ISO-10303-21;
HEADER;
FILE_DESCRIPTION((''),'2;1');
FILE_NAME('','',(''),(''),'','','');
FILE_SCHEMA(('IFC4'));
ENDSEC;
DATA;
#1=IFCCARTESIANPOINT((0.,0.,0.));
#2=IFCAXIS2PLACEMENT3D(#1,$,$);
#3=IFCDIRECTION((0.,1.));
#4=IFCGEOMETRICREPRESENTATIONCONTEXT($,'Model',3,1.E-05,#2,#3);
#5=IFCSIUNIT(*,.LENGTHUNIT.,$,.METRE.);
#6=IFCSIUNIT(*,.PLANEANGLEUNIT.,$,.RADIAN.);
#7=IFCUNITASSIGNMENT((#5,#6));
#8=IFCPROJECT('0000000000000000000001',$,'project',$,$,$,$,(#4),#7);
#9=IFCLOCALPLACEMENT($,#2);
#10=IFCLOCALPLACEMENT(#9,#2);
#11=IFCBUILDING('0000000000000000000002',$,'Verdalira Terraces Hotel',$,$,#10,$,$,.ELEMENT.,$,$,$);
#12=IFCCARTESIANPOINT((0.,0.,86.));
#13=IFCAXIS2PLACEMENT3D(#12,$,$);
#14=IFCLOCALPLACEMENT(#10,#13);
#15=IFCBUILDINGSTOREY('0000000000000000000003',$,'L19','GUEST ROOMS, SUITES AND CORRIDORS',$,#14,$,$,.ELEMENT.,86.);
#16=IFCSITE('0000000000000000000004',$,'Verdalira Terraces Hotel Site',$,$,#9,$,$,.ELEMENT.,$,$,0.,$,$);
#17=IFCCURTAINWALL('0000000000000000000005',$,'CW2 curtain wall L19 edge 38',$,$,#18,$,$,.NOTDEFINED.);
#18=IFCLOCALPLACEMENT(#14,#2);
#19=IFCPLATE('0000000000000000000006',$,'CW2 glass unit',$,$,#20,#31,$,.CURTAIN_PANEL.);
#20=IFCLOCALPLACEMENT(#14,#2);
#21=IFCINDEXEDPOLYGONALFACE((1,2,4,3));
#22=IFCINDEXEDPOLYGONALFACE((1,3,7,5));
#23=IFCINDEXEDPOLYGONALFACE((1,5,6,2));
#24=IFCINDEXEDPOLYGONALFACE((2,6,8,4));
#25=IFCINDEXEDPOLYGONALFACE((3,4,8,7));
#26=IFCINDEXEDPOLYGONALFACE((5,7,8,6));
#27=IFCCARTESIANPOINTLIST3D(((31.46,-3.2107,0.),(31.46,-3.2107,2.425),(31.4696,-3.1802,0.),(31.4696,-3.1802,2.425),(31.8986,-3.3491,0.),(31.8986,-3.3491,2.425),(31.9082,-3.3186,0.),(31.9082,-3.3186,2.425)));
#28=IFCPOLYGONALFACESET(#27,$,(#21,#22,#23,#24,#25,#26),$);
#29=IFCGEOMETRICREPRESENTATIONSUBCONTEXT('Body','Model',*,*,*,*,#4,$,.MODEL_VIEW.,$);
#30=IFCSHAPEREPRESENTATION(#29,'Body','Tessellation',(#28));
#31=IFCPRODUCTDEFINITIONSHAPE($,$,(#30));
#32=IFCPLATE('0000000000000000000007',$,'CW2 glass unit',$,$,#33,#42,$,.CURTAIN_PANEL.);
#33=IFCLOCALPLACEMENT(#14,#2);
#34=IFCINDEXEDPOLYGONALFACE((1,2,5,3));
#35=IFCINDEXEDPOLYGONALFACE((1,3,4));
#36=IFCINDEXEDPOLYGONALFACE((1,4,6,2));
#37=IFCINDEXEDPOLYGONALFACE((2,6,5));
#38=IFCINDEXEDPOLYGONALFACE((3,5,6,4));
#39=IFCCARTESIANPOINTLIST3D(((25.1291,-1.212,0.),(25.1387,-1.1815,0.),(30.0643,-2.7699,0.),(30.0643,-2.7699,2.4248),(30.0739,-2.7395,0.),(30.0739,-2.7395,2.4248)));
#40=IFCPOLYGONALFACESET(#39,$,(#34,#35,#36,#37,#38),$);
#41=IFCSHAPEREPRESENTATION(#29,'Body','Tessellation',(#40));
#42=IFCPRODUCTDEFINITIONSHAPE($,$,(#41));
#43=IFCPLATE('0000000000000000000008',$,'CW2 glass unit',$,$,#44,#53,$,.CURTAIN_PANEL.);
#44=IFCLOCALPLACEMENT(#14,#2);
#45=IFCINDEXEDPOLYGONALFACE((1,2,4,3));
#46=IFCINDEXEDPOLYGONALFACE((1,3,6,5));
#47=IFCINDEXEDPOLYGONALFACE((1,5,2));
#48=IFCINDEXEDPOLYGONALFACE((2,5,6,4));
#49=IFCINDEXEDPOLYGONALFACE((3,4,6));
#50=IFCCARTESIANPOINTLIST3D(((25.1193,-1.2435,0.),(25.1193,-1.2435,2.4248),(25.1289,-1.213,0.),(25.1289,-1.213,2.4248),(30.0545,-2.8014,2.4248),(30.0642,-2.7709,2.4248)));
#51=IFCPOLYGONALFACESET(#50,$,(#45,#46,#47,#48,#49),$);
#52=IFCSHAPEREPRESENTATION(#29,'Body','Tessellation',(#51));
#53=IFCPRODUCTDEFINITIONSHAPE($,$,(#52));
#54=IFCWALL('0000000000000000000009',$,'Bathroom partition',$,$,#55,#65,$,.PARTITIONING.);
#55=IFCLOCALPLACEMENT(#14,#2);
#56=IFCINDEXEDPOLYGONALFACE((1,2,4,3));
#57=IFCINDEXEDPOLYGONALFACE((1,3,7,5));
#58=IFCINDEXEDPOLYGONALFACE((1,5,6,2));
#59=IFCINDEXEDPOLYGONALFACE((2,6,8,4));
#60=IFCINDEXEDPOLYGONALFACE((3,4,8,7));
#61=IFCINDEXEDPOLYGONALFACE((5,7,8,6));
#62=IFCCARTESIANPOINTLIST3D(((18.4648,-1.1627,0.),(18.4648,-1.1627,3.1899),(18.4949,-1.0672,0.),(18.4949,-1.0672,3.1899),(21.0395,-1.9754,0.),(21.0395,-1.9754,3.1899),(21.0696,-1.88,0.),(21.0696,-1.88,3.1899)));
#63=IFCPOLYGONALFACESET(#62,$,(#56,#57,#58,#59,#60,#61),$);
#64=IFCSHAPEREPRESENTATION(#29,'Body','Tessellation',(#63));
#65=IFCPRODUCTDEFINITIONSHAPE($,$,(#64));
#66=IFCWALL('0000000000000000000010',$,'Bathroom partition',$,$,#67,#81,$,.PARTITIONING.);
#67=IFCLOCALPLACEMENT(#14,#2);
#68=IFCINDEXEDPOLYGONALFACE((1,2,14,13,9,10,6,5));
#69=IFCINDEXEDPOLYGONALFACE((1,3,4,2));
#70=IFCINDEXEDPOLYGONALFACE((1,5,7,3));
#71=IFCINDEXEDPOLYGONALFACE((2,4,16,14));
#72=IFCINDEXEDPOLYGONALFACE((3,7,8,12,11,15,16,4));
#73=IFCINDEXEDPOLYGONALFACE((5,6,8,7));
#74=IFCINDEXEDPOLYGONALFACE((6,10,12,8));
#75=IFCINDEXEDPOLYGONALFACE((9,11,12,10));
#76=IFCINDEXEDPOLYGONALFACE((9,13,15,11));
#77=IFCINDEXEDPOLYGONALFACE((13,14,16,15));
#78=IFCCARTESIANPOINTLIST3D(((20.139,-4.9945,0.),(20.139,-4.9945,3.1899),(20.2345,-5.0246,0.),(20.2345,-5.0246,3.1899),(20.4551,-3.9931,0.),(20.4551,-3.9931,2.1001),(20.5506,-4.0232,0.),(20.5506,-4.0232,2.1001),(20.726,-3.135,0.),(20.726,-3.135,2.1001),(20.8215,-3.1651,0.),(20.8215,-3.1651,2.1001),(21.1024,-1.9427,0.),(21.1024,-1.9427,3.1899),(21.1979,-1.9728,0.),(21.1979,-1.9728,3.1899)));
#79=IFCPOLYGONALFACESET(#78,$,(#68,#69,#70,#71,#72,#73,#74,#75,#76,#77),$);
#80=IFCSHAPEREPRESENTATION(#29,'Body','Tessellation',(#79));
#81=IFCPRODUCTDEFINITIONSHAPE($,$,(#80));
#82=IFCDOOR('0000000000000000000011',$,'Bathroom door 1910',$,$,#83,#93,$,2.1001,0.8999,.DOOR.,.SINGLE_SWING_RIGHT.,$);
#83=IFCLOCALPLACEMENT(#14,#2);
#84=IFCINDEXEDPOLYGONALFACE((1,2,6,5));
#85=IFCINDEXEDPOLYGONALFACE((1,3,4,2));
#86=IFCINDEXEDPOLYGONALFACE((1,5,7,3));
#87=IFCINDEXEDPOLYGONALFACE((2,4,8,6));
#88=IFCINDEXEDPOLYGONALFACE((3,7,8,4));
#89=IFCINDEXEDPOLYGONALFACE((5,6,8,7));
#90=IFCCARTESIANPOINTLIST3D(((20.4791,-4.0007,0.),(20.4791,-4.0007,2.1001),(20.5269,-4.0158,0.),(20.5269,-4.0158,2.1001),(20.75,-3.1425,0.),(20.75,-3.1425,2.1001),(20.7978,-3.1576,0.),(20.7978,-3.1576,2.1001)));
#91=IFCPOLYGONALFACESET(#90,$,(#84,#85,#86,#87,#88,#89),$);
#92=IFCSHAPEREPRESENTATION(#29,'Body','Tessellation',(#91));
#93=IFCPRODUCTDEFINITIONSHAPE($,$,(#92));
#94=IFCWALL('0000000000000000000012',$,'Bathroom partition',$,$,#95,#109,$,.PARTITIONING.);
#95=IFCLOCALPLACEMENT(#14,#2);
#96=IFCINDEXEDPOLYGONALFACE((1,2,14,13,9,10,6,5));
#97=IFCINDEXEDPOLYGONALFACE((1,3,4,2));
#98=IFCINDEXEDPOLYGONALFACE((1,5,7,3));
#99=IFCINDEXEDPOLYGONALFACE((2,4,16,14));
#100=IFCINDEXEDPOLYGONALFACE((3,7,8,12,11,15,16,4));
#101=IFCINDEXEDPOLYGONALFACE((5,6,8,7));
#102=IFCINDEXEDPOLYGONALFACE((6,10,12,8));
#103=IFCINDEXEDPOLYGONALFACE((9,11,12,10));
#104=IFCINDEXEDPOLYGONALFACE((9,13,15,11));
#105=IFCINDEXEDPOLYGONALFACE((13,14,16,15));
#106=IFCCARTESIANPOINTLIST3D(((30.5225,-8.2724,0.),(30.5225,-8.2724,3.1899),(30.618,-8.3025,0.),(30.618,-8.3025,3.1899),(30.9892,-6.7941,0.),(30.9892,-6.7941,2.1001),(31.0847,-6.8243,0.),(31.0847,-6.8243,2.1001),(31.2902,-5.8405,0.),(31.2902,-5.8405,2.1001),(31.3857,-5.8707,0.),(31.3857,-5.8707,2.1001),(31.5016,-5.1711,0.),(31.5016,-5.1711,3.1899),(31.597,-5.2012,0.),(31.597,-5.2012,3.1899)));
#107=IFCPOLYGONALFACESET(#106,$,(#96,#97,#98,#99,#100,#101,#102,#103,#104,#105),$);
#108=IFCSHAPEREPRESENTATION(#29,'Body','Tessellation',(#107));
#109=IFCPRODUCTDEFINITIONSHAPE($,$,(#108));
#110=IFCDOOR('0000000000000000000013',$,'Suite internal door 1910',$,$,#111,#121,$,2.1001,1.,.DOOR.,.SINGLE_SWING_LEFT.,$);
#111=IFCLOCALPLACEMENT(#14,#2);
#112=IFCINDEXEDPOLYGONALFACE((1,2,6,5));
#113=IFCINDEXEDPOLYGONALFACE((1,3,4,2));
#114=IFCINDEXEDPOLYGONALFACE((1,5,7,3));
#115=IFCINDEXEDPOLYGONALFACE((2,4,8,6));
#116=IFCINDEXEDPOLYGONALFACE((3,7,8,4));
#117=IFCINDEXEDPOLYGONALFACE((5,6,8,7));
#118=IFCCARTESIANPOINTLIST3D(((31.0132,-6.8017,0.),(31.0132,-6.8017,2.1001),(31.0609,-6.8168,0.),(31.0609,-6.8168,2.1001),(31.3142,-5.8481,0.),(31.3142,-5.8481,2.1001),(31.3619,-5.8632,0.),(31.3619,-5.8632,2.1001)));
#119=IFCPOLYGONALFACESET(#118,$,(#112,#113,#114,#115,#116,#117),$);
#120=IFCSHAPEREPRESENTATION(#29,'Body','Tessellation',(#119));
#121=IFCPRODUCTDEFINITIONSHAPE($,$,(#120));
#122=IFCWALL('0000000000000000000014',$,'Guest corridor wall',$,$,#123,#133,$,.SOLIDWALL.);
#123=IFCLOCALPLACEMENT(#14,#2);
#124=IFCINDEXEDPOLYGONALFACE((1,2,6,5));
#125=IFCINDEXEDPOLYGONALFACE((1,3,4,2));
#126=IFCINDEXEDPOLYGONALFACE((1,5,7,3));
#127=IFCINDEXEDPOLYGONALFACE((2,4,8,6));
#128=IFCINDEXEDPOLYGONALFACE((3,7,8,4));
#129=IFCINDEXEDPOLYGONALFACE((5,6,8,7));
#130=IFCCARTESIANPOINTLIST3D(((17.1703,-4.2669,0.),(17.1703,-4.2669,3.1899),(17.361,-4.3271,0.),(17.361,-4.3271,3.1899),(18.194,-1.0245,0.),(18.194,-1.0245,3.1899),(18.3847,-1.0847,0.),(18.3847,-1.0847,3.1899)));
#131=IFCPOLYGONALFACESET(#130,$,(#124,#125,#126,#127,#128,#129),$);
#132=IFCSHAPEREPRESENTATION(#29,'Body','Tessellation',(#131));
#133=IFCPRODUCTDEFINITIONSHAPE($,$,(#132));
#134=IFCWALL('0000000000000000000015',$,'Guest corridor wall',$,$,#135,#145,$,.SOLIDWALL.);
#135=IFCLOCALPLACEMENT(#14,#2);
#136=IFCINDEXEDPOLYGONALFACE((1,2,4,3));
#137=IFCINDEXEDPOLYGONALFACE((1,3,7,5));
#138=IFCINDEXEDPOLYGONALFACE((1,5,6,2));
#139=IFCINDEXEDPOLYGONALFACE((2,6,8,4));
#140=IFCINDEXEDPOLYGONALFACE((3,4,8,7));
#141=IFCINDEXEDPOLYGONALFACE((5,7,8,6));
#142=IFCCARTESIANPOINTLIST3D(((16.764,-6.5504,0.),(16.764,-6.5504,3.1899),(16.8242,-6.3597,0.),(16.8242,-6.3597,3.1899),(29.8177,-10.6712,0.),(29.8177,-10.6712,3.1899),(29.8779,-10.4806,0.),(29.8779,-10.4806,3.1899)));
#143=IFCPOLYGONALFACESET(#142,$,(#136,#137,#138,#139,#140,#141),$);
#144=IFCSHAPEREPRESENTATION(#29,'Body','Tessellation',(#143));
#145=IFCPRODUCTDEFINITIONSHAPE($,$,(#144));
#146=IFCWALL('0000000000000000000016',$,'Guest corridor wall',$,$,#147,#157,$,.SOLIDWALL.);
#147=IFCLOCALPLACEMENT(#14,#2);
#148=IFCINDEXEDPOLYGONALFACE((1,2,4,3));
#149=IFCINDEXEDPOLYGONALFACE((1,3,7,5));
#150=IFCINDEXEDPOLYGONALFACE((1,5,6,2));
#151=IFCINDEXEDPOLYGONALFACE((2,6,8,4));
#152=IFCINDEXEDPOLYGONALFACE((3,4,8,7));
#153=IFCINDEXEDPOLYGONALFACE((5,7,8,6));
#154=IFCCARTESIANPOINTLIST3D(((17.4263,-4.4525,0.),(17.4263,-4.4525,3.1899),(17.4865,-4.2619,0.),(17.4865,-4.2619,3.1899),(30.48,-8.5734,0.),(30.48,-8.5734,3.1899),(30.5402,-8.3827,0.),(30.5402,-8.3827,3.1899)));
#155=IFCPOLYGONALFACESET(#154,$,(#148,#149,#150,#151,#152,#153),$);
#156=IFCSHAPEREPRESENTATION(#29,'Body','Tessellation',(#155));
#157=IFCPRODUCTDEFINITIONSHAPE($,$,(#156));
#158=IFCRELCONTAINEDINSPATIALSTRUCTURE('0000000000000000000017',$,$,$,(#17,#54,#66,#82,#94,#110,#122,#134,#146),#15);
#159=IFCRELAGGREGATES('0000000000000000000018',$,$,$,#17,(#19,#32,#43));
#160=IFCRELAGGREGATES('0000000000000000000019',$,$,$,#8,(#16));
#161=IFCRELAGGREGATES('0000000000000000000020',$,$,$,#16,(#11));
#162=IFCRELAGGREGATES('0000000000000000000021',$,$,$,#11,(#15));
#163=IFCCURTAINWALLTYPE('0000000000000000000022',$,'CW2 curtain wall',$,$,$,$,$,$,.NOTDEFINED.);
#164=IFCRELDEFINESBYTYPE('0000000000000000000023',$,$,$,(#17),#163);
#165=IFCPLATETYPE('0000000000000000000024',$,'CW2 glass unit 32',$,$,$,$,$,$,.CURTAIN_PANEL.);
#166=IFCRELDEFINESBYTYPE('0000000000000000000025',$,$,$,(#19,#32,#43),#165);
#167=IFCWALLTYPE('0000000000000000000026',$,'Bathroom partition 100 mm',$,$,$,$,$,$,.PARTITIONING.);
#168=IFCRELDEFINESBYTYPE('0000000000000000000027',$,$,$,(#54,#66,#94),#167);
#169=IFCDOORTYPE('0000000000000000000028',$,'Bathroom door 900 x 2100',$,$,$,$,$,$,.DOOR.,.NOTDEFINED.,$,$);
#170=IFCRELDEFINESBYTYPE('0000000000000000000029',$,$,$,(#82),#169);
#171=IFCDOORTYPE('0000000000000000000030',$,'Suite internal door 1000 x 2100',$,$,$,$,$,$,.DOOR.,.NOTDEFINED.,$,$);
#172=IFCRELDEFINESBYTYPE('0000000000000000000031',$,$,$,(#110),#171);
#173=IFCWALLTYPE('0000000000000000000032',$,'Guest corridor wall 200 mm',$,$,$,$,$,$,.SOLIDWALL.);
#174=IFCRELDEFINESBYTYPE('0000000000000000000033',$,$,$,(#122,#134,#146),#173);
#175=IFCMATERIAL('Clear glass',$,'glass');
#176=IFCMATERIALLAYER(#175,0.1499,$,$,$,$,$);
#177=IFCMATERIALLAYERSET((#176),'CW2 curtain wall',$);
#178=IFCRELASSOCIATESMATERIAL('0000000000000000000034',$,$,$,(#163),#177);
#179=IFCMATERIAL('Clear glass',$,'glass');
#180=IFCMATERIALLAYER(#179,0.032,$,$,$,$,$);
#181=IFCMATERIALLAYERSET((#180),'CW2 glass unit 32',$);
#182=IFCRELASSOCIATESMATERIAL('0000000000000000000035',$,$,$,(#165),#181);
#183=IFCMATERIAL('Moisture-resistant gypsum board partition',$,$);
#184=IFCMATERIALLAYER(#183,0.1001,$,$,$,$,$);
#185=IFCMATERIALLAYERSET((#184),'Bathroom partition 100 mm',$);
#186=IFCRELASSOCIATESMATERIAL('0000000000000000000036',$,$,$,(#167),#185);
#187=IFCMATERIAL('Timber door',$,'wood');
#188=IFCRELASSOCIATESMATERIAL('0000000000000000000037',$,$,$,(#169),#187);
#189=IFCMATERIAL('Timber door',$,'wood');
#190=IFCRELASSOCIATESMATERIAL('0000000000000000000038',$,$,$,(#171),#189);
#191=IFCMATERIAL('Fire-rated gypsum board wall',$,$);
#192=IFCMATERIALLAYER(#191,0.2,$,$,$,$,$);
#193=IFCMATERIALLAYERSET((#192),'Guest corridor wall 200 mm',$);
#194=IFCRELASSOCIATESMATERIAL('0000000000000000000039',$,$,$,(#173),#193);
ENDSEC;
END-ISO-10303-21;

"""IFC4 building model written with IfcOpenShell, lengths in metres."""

from ifc_helpers import new_model, si_unit, direction, frame, frame_2d, origin, origin_2d, place, context, subcontext, project, spatial, polyline, rectangle, outline, extrude, material, layer, layer_set, type_object, element, fill, aggregate, save


model = new_model("IFC4")

# Units and contexts
model_context = context("Model", 3, precision=1e-05, world=origin(), true_north=direction((0.0, 1.0)))
body_context = subcontext(model_context, "Body", "Model", "MODEL_VIEW")
ifc_project = project(units=[si_unit("LENGTHUNIT", "METRE"), si_unit("PLANEANGLEUNIT", "RADIAN")], contexts=[model_context])

# Site, building, storey
site_placement = place(None, origin())
site = spatial("IfcSite", under=ifc_project, at=site_placement, Name="Verdalira Terraces Hotel Site", CompositionType="ELEMENT", RefElevation=0.0)
building_placement = place(site_placement, origin())
building = spatial("IfcBuilding", under=site, at=building_placement, Name="Verdalira Terraces Hotel", CompositionType="ELEMENT")
storey_placement = place(building_placement, frame((0.0, 0.0, 86.0)))
storey = spatial("IfcBuildingStorey", under=building, at=storey_placement, Name="L19", Description="GUEST ROOMS, SUITES AND CORRIDORS", CompositionType="ELEMENT", Elevation=86.0)

# Curtain wall
ifc_material_1 = material(Name="Clear glass", Category="glass")
ifc_layer_1 = layer(ifc_material_1, 0.1499)
ifc_layer_set_1 = layer_set([ifc_layer_1], Name="CW2 curtain wall")
curtain_wall_type_1 = type_object("IfcCurtainWallType", Name="CW2 curtain wall", PredefinedType="NOTDEFINED", material=ifc_layer_set_1)
curtain_wall_1_placement = place(storey_placement, origin())
curtain_wall_1 = element("IfcCurtainWall", 1, at=curtain_wall_1_placement, inside=storey, type_object=curtain_wall_type_1, Name="CW2 curtain wall L19 edge 38", PredefinedType="NOTDEFINED")

# Plates
ifc_material_2 = material(Name="Clear glass", Category="glass")
ifc_layer_2 = layer(ifc_material_2, 0.032)
ifc_layer_set_2 = layer_set([ifc_layer_2], Name="CW2 glass unit 32")
plate_type = type_object("IfcPlateType", Name="CW2 glass unit 32", PredefinedType="CURTAIN_PANEL", material=ifc_layer_set_2)
plate_1_placement = place(storey_placement, frame((31.6841, -3.2646, 0.0), z_axis=(0.0, 0.0, 1.0), x_axis=(-0.953612, 0.301039, 0.0)))
plate_1 = element("IfcPlate", 2, at=plate_1_placement, type_object=plate_type, Name="CW2 glass unit", PredefinedType="CURTAIN_PANEL", context=body_context, shape_type="SweptSolid", body=[
    extrude(rectangle(XDim=0.46, YDim=0.032, at=origin_2d()), origin(), (0.0, 0.0, 1.0), 2.425),
])
plate_2_placement = place(storey_placement, frame((27.5967, -1.991, 1.2124), z_axis=(0.301039, 0.953612, 0.0), x_axis=(-0.953612, 0.301039, 0.0)))
plate_2 = element("IfcPlate", 3, at=plate_2_placement, type_object=plate_type, Name="CW2 glass unit", PredefinedType="CURTAIN_PANEL", context=body_context, shape_type="SweptSolid", body=[
    extrude(outline(polyline([(-2.5876, -1.2124), (2.5876, -1.2124), (-2.5876, 1.2124), (-2.5876, -1.2124)])), origin(), (0.0, 0.0, 1.0), 0.032),
])
plate_3_placement = place(storey_placement, frame((27.5869, -2.0225, 1.2124), z_axis=(0.301039, 0.953612, 0.0), x_axis=(-0.953612, 0.301039, 0.0)))
plate_3 = element("IfcPlate", 4, at=plate_3_placement, type_object=plate_type, Name="CW2 glass unit", PredefinedType="CURTAIN_PANEL", context=body_context, shape_type="SweptSolid", body=[
    extrude(outline(polyline([(2.5876, -1.2124), (2.5876, 1.2124), (-2.5876, 1.2124), (2.5876, -1.2124)])), origin(), (0.0, 0.0, 1.0), 0.032),
])
aggregate(curtain_wall_1, [plate_1, plate_2, plate_3])

# Wall
ifc_material_3 = material(Name="Moisture-resistant gypsum board partition")
ifc_layer_3 = layer(ifc_material_3, 0.1001)
ifc_layer_set_3 = layer_set([ifc_layer_3], Name="Bathroom partition 100 mm")
wall_type_1 = type_object("IfcWallType", Name="Bathroom partition 100 mm", PredefinedType="PARTITIONING", material=ifc_layer_set_3)
wall_1_placement = place(storey_placement, frame((21.0547, -1.9277, 0.0), z_axis=(0.0, 0.0, 1.0), x_axis=(-0.953617, 0.301023, 0.0)))
element("IfcWall", 5, at=wall_1_placement, inside=storey, type_object=wall_type_1, Name="Bathroom partition", PredefinedType="PARTITIONING", context=body_context, shape_type="SweptSolid", body=[
    extrude(rectangle(XDim=2.7, YDim=0.1001, at=frame_2d((1.3501, 0.0))), origin(), (0.0, 0.0, 1.0), 3.1899),
])

# Walls, openings, doors
wall_2_placement = place(storey_placement, frame((20.1868, -5.0095, 0.0), z_axis=(0.0, 0.0, 1.0), x_axis=(0.301036, 0.953613, 0.0)))
wall_2 = element("IfcWall", 6, at=wall_2_placement, inside=storey, type_object=wall_type_1, Name="Bathroom partition", PredefinedType="PARTITIONING", context=body_context, shape_type="SweptSolid", body=[
    extrude(rectangle(XDim=3.2002, YDim=0.1001, at=frame_2d((1.6001, 0.0))), origin(), (0.0, 0.0, 1.0), 3.1899),
])
opening_1_placement = place(wall_2_placement, frame((1.05, 0.0, 0.0)))
opening_1 = element("IfcOpeningElement", 7, at=opening_1_placement, cuts=wall_2, PredefinedType="OPENING", context=body_context, shape_type="SweptSolid", body=[
    extrude(rectangle(XDim=0.8999, YDim=2.1001, at=frame_2d((0.45, 1.05))), frame((0.0, 0.0601, 0.0), z_axis=(0.0, -1.0, 0.0), x_axis=(1.0, 0.0, 0.0)), (0.0, 0.0, 1.0), 0.1201),
])
ifc_material_4 = material(Name="Timber door", Category="wood")
door_type_1 = type_object("IfcDoorType", Name="Bathroom door 900 x 2100", OperationType="NOTDEFINED", PredefinedType="DOOR", material=ifc_material_4)
door_1_placement = place(opening_1_placement, origin())
door_1 = element("IfcDoor", 8, at=door_1_placement, inside=storey, type_object=door_type_1, Name="Bathroom door 1910", OperationType="SINGLE_SWING_RIGHT", OverallHeight=2.1001, OverallWidth=0.8999, PredefinedType="DOOR", context=body_context, shape_type="SweptSolid", body=[
    extrude(rectangle(XDim=0.8999, YDim=2.1001, at=frame_2d((0.45, 1.05))), frame((0.0, 0.0249, 0.0), z_axis=(0.0, -1.0, 0.0), x_axis=(1.0, 0.0, 0.0)), (0.0, 0.0, 1.0), 0.05),
])
fill(opening_1, door_1)
wall_3_placement = place(storey_placement, frame((30.5703, -8.2874, 0.0), z_axis=(0.0, 0.0, 1.0), x_axis=(0.301031, 0.953614, 0.0)))
wall_3 = element("IfcWall", 9, at=wall_3_placement, inside=storey, type_object=wall_type_1, Name="Bathroom partition", PredefinedType="PARTITIONING", context=body_context, shape_type="SweptSolid", body=[
    extrude(rectangle(XDim=3.2522, YDim=0.1001, at=frame_2d((1.626, 0.0))), origin(), (0.0, 0.0, 1.0), 3.1899),
])
opening_2_placement = place(wall_3_placement, frame((1.55, 0.0, 0.0)))
opening_2 = element("IfcOpeningElement", 10, at=opening_2_placement, cuts=wall_3, PredefinedType="OPENING", context=body_context, shape_type="SweptSolid", body=[
    extrude(rectangle(XDim=1.0, YDim=2.1001, at=frame_2d((0.5, 1.05))), frame((0.0, 0.0601, 0.0), z_axis=(0.0, -1.0, 0.0), x_axis=(1.0, 0.0, 0.0)), (0.0, 0.0, 1.0), 0.1201),
])
ifc_material_5 = material(Name="Timber door", Category="wood")
door_type_2 = type_object("IfcDoorType", Name="Suite internal door 1000 x 2100", OperationType="NOTDEFINED", PredefinedType="DOOR", material=ifc_material_5)
door_2_placement = place(opening_2_placement, origin())
door_2 = element("IfcDoor", 11, at=door_2_placement, inside=storey, type_object=door_type_2, Name="Suite internal door 1910", OperationType="SINGLE_SWING_LEFT", OverallHeight=2.1001, OverallWidth=1.0, PredefinedType="DOOR", context=body_context, shape_type="SweptSolid", body=[
    extrude(rectangle(XDim=1.0, YDim=2.1001, at=frame_2d((0.5, 1.05))), frame((0.0, 0.0249, 0.0), z_axis=(0.0, -1.0, 0.0), x_axis=(1.0, 0.0, 0.0)), (0.0, 0.0, 1.0), 0.05),
])
fill(opening_2, door_2)

# Walls
ifc_material_6 = material(Name="Fire-rated gypsum board wall")
ifc_layer_4 = layer(ifc_material_6, 0.2)
ifc_layer_set_4 = layer_set([ifc_layer_4], Name="Guest corridor wall 200 mm")
wall_type_2 = type_object("IfcWallType", Name="Guest corridor wall 200 mm", PredefinedType="SOLIDWALL", material=ifc_layer_set_4)
wall_4_placement = place(storey_placement, frame((17.2656, -4.2971, 0.0), z_axis=(0.0, 0.0, 1.0), x_axis=(0.301066, 0.953603, 0.0)))
element("IfcWall", 12, at=wall_4_placement, inside=storey, type_object=wall_type_2, Name="Guest corridor wall", PredefinedType="SOLIDWALL", context=body_context, shape_type="SweptSolid", body=[
    extrude(rectangle(XDim=3.4001, YDim=0.2, at=frame_2d((1.7002, 0.0))), origin(), (0.0, 0.0, 1.0), 3.1899),
])
for number, where, z_axis, x_axis, name in (
    (13, (16.7942, -6.4551, 0.0), (0.0, 0.0, 1.0), (0.953612, -0.30104, 0.0), "Guest corridor wall"),
    (14, (30.51, -8.478, 0.0), (0.0, 0.0, 1.0), (-0.953612, 0.30104, 0.0), "Guest corridor wall"),
):
    element("IfcWall", number, at=place(storey_placement, frame(where, z_axis=z_axis, x_axis=x_axis)), inside=storey, type_object=wall_type_2, Name=name, PredefinedType="SOLIDWALL", context=body_context, shape_type="SweptSolid", body=[
        extrude(rectangle(XDim=13.6887, YDim=0.2, at=frame_2d((6.8442, 0.0))), origin(), (0.0, 0.0, 1.0), 3.1899),
    ])

save(model, "model.ifc")
